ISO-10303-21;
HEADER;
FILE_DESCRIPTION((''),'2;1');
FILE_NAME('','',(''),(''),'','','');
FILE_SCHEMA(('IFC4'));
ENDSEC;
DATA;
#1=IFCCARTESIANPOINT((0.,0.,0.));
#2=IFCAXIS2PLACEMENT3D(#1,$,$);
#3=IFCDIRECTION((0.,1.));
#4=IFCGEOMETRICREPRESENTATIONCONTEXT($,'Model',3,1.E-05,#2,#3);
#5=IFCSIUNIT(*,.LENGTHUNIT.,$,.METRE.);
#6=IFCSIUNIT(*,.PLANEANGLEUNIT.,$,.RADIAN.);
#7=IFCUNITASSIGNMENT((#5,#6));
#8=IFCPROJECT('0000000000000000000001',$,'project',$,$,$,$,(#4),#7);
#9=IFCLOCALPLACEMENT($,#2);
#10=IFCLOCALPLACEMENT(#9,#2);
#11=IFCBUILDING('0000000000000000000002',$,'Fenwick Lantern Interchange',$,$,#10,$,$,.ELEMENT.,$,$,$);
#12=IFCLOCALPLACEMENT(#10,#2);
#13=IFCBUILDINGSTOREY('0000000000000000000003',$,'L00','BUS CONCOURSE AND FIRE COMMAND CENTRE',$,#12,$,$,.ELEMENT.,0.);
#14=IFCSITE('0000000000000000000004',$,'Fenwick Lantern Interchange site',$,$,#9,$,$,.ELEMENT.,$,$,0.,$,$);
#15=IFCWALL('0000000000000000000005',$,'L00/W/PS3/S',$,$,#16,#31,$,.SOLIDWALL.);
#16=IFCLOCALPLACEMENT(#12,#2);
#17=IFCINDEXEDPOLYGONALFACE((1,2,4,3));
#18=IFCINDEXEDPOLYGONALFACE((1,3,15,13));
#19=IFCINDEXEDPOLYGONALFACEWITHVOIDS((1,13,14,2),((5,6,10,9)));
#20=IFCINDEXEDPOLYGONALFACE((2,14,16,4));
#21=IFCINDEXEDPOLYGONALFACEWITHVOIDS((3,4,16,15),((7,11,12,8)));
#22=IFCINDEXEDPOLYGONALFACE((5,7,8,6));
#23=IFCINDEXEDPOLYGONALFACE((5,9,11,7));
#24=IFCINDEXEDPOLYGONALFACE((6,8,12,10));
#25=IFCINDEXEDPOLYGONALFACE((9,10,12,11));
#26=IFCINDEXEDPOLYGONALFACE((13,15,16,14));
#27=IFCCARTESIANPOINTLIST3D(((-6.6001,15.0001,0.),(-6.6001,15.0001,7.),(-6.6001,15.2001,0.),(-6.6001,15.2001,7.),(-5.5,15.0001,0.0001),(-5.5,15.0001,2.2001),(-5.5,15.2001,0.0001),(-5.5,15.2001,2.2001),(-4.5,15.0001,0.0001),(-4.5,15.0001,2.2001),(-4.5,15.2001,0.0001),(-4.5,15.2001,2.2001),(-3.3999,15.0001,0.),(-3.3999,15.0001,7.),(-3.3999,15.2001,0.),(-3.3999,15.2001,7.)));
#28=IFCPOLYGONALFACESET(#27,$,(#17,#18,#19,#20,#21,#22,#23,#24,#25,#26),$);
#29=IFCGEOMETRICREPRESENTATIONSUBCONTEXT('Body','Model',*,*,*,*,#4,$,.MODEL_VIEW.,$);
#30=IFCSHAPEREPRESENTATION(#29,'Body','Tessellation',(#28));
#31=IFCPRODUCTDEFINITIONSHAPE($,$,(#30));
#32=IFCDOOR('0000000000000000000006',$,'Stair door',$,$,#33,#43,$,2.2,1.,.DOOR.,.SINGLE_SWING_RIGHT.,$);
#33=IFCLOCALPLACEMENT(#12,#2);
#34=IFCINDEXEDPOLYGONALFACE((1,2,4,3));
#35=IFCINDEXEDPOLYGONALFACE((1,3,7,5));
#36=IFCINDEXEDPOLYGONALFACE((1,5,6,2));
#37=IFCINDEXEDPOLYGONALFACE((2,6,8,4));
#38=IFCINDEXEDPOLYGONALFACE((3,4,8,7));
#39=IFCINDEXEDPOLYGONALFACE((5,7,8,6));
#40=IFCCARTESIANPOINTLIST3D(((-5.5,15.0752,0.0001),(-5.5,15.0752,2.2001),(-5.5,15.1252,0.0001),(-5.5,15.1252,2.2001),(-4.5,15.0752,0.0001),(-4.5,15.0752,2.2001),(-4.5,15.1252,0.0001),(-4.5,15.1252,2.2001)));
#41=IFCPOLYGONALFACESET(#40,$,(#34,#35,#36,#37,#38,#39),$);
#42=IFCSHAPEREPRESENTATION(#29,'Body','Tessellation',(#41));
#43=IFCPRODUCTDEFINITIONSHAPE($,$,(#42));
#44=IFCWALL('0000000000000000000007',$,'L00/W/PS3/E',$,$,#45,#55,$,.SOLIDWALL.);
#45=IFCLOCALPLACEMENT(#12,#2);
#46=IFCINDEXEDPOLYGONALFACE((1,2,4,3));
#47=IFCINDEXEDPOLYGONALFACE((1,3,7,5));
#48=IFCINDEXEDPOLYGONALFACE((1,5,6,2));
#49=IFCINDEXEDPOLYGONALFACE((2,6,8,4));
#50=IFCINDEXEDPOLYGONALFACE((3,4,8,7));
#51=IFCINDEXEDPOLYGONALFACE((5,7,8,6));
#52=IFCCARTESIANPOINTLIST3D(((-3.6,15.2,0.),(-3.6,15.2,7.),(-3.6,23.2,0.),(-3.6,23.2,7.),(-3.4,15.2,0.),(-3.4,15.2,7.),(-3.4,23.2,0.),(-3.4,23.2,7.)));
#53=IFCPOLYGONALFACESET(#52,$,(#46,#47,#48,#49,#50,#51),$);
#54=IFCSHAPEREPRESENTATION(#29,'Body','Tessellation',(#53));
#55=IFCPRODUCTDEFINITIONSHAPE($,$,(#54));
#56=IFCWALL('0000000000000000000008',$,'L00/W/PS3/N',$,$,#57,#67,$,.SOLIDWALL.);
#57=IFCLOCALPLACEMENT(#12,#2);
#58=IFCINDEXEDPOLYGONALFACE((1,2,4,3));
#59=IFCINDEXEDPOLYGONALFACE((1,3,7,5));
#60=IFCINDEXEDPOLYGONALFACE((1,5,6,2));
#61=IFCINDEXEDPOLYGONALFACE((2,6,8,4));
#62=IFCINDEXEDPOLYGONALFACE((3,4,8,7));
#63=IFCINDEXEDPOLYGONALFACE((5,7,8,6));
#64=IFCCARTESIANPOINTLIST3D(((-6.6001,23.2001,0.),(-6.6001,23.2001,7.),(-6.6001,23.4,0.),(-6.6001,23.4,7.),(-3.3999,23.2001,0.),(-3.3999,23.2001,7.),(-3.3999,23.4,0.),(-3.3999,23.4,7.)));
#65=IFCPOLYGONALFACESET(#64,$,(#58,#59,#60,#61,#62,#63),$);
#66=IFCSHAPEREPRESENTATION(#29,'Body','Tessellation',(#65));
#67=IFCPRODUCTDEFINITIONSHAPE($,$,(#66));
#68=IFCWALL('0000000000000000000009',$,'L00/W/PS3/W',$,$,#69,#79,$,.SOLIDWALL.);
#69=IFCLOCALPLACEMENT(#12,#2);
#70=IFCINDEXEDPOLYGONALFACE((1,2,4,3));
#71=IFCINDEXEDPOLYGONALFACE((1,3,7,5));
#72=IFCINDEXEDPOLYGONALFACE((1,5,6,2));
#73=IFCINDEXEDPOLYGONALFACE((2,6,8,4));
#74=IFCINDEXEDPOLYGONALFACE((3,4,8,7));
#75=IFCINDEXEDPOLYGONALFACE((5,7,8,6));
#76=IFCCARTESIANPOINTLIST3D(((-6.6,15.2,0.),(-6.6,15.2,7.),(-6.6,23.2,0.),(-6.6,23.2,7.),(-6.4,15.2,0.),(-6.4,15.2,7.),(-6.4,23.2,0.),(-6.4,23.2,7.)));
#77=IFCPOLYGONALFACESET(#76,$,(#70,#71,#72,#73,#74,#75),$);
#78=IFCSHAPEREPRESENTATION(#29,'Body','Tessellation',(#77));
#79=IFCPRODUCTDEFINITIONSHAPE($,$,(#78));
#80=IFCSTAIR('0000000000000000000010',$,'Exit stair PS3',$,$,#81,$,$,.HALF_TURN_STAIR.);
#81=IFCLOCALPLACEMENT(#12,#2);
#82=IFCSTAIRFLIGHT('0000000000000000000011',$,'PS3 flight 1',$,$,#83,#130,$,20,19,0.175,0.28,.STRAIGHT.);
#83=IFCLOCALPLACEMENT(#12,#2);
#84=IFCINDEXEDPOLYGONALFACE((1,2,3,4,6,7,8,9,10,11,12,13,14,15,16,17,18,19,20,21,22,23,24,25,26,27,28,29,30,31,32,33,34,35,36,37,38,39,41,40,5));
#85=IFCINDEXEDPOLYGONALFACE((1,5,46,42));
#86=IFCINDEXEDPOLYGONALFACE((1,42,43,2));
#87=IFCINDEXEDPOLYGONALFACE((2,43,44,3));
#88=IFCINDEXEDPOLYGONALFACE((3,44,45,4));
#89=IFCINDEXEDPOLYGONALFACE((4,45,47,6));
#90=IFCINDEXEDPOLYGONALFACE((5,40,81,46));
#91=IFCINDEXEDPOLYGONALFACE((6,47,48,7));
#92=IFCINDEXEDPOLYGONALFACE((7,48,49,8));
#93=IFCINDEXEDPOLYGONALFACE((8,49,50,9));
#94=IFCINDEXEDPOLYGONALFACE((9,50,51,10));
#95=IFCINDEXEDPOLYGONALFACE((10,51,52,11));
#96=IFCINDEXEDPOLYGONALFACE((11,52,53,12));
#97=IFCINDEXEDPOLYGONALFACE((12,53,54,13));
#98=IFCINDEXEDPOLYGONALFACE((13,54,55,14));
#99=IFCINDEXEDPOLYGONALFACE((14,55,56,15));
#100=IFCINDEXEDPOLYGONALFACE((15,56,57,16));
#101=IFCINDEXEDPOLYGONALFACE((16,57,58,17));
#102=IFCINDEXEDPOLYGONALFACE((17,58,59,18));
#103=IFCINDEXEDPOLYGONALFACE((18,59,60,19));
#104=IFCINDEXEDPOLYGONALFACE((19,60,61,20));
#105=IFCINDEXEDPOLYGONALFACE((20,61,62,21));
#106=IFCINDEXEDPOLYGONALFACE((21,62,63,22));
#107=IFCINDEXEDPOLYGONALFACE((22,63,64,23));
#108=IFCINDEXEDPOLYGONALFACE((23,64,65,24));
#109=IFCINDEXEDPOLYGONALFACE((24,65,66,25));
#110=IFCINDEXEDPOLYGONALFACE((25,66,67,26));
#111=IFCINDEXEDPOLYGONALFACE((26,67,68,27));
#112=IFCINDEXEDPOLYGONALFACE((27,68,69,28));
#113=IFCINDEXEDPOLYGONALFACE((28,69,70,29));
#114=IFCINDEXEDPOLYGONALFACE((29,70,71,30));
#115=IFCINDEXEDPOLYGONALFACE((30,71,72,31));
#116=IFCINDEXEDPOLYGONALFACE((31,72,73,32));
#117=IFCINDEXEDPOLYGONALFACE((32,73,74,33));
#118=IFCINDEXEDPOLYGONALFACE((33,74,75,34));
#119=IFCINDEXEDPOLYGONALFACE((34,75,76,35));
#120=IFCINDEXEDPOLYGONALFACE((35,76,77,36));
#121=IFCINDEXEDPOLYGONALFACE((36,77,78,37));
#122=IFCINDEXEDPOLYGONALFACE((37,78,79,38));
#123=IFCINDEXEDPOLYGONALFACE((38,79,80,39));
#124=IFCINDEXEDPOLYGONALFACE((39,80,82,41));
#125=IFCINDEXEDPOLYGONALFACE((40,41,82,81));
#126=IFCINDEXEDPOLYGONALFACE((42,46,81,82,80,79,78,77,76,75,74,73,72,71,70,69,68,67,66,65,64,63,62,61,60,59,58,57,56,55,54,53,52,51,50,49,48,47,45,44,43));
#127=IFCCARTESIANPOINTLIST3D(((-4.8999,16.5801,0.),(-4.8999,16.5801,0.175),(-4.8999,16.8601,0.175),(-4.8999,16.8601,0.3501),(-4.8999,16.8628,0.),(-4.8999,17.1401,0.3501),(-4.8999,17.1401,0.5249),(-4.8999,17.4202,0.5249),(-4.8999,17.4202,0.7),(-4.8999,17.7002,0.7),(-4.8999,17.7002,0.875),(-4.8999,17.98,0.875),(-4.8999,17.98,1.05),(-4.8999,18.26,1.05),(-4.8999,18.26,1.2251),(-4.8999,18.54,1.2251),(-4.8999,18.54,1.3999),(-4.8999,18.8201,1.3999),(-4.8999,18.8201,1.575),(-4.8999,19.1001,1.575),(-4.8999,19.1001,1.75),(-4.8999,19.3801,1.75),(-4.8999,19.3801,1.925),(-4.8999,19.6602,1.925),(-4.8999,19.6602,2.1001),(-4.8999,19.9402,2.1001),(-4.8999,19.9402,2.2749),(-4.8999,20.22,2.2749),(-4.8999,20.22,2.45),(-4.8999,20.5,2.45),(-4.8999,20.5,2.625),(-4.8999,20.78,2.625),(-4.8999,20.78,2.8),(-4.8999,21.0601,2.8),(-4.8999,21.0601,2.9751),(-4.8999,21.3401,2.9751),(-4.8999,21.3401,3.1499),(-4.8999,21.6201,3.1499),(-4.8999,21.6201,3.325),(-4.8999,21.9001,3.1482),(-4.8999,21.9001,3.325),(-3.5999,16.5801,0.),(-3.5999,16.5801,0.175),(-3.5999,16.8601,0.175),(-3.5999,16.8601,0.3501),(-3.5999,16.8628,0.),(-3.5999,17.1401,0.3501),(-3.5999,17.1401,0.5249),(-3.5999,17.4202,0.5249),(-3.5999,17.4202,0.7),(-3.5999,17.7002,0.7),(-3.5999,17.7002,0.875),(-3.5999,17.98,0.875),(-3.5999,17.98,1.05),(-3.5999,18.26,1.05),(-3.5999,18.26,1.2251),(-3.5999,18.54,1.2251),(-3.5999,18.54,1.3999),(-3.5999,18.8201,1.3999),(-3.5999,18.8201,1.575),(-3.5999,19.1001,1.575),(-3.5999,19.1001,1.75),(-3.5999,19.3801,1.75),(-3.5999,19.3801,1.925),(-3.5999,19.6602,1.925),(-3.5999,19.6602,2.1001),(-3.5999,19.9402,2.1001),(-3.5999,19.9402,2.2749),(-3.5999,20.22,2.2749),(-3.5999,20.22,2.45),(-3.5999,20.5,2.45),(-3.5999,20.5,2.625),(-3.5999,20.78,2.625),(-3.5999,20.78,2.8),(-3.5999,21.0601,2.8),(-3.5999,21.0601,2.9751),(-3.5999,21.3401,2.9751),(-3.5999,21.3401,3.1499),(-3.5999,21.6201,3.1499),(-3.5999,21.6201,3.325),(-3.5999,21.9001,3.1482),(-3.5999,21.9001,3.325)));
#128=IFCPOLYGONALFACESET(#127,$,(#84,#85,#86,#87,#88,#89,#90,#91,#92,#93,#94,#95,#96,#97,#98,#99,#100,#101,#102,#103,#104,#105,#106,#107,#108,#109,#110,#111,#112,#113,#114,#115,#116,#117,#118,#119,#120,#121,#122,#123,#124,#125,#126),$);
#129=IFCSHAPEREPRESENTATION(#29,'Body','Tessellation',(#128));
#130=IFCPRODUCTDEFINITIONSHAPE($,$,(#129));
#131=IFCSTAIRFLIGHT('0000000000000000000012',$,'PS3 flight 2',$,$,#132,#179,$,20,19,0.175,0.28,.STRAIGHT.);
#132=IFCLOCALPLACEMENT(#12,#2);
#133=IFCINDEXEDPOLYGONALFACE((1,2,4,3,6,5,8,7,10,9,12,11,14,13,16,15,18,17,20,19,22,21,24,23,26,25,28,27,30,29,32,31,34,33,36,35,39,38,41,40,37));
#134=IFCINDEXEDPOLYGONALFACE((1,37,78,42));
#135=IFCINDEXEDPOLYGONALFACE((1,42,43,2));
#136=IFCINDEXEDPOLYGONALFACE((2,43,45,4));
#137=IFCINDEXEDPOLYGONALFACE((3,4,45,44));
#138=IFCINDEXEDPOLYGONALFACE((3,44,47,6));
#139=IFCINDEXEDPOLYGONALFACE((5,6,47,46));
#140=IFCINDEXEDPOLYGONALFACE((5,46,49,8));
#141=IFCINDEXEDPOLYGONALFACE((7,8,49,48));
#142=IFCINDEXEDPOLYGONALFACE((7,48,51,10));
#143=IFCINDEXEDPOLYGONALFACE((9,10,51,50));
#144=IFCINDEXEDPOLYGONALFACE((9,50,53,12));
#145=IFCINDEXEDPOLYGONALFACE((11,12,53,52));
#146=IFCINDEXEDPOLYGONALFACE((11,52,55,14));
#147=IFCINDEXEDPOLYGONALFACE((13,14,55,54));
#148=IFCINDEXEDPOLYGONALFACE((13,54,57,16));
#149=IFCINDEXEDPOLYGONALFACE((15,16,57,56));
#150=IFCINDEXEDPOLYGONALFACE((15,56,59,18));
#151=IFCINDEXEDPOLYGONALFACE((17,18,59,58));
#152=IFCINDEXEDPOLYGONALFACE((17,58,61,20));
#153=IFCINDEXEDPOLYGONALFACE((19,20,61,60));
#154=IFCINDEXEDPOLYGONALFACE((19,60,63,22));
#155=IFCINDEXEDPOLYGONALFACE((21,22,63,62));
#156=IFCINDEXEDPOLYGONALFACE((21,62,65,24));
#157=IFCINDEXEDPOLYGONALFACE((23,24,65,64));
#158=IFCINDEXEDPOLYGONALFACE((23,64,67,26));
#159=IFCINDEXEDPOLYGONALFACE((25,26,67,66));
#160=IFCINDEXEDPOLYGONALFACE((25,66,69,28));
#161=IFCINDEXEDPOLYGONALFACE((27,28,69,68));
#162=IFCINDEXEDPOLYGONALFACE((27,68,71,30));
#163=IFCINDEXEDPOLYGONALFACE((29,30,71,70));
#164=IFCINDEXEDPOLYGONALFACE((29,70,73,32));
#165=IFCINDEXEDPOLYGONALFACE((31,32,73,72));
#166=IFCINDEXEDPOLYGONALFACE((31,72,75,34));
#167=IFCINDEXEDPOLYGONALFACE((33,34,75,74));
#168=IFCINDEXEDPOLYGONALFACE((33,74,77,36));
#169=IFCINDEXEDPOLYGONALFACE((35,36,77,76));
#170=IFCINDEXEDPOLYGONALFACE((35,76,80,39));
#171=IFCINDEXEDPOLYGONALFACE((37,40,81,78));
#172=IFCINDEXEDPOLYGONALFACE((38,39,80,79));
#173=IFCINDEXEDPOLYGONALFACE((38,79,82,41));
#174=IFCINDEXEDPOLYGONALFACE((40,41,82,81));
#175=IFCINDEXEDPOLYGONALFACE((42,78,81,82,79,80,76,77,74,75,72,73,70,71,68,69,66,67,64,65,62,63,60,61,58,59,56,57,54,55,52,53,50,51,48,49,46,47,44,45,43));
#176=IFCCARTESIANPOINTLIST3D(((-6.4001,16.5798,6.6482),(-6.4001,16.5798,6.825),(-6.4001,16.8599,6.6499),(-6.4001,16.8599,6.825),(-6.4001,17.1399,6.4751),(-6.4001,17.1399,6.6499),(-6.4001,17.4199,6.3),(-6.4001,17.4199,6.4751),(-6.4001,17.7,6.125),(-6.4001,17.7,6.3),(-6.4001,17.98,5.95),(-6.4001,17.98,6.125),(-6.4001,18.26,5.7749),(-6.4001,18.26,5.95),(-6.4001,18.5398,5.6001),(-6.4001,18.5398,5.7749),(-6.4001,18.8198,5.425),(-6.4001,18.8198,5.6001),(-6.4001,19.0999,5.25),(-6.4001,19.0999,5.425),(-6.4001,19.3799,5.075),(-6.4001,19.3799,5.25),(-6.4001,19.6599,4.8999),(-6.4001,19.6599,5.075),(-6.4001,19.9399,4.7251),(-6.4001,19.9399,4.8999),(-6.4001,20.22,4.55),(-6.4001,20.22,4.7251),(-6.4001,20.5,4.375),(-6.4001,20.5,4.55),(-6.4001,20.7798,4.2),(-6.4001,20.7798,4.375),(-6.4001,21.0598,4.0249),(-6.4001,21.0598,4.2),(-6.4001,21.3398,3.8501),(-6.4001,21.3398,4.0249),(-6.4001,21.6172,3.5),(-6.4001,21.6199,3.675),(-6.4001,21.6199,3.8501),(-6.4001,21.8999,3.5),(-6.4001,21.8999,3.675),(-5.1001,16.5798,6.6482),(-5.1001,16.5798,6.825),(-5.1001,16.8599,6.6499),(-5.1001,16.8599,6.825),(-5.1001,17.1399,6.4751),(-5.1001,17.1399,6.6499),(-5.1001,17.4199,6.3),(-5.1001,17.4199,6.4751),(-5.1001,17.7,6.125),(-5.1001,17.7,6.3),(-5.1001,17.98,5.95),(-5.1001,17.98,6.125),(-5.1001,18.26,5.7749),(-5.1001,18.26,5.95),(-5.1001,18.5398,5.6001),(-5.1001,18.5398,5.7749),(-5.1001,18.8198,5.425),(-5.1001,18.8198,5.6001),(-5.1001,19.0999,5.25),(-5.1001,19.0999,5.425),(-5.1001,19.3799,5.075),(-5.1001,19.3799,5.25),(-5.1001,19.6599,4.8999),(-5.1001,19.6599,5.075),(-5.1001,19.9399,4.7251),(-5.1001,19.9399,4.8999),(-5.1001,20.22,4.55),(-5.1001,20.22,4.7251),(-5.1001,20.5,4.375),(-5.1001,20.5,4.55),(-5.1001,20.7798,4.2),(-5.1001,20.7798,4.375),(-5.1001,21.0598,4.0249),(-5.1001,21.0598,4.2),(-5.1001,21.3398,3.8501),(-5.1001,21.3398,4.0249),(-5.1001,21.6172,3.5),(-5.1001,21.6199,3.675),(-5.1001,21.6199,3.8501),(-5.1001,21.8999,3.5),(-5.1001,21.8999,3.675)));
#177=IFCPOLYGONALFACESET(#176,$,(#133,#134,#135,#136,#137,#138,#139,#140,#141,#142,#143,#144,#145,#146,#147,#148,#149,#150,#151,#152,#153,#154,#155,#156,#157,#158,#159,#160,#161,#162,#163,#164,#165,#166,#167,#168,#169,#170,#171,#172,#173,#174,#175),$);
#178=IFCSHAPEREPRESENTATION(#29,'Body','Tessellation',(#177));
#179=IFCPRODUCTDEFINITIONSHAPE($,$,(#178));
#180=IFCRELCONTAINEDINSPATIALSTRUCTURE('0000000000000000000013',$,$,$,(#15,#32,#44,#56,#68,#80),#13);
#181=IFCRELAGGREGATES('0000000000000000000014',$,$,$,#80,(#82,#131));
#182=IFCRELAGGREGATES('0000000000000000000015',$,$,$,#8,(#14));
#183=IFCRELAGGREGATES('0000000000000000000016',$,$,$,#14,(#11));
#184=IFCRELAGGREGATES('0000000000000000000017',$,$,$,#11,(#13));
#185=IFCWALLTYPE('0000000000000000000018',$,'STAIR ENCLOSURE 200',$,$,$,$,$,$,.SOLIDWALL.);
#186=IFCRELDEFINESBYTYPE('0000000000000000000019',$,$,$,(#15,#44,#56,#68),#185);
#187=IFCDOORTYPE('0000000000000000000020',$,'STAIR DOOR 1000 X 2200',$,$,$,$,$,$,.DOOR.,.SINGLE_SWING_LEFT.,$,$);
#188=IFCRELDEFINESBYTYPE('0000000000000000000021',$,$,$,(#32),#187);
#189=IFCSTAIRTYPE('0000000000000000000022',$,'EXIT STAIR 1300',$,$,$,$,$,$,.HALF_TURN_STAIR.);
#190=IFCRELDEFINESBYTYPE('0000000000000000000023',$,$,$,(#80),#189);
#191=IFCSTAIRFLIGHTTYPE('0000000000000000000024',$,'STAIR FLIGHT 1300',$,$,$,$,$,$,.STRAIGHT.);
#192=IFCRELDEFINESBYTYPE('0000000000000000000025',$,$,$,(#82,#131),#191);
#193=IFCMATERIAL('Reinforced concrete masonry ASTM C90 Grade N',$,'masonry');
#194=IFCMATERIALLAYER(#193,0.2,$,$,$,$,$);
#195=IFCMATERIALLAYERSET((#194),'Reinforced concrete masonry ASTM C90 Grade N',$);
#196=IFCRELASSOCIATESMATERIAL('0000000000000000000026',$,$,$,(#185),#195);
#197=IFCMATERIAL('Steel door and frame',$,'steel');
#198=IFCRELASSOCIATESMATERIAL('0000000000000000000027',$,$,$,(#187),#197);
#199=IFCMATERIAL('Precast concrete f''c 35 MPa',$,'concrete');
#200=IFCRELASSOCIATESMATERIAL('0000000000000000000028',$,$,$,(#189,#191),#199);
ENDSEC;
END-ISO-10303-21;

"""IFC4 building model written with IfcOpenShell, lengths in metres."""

from ifc_helpers import new_model, si_unit, direction, frame, frame_2d, origin, place, context, subcontext, project, spatial, polyline, rectangle, outline, extrude, material, layer, layer_set, type_object, element, fill, aggregate, save


model = new_model("IFC4")

# Units and contexts
model_context = context("Model", 3, precision=1e-05, world=origin(), true_north=direction((0.0, 1.0)))
body_context = subcontext(model_context, "Body", "Model", "MODEL_VIEW")
ifc_project = project(units=[si_unit("LENGTHUNIT", "METRE"), si_unit("PLANEANGLEUNIT", "RADIAN")], contexts=[model_context])

# Site, building, storey
site_placement = place(None, origin())
site = spatial("IfcSite", under=ifc_project, at=site_placement, Name="Fenwick Lantern Interchange site", CompositionType="ELEMENT", RefElevation=0.0)
building_placement = place(site_placement, origin())
building = spatial("IfcBuilding", under=site, at=building_placement, Name="Fenwick Lantern Interchange", CompositionType="ELEMENT")
storey_placement = place(building_placement, origin())
storey = spatial("IfcBuildingStorey", under=building, at=storey_placement, Name="L00", Description="BUS CONCOURSE AND FIRE COMMAND CENTRE", CompositionType="ELEMENT", Elevation=0.0)

# Shared definitions
ifc_material_1 = material(Name="Steel door and frame", Category="steel")

# Wall, opening, door
ifc_material_2 = material(Name="Reinforced concrete masonry ASTM C90 Grade N", Category="masonry")
ifc_layer_1 = layer(ifc_material_2, 0.2)
ifc_layer_set_1 = layer_set([ifc_layer_1], Name="Reinforced concrete masonry ASTM C90 Grade N")
wall_type_1 = type_object("IfcWallType", Name="STAIR ENCLOSURE 200", PredefinedType="SOLIDWALL", material=ifc_layer_set_1)
wall_1_placement = place(storey_placement, frame((-6.6001, 15.1001, 0.0), z_axis=(0.0, 0.0, 1.0), x_axis=(1.0, 0.0, 0.0)))
wall_1 = element("IfcWall", 1, at=wall_1_placement, inside=storey, type_object=wall_type_1, Name="L00/W/PS3/S", PredefinedType="SOLIDWALL", context=body_context, shape_type="SweptSolid", body=[
    extrude(rectangle(XDim=3.2002, YDim=0.2, at=frame_2d((1.6001, 0.0))), origin(), (0.0, 0.0, 1.0), 7.0),
])
opening_1_placement = place(wall_1_placement, frame((1.1001, 0.0, 0.0)))
opening_1 = element("IfcOpeningElement", 2, at=opening_1_placement, cuts=wall_1, PredefinedType="OPENING", context=body_context, shape_type="SweptSolid", body=[
    extrude(rectangle(XDim=1.0, YDim=2.2, at=frame_2d((0.5, 1.1001))), frame((0.0, 0.1099, 0.0), z_axis=(0.0, -1.0, 0.0), x_axis=(1.0, 0.0, 0.0)), (0.0, 0.0, 1.0), 0.22),
])
door_type_1 = type_object("IfcDoorType", Name="STAIR DOOR 1000 X 2200", OperationType="SINGLE_SWING_LEFT", PredefinedType="DOOR", material=ifc_material_1)
door_1_placement = place(opening_1_placement, frame((1.0, 0.0, 0.0), z_axis=(0.0, 0.0, 1.0), x_axis=(-1.0, 0.0, 0.0)))
door_1 = element("IfcDoor", 3, at=door_1_placement, inside=storey, type_object=door_type_1, Name="Stair door", OperationType="SINGLE_SWING_RIGHT", OverallHeight=2.2, OverallWidth=1.0, PredefinedType="DOOR", context=body_context, shape_type="SweptSolid", body=[
    extrude(rectangle(XDim=1.0, YDim=2.2, at=frame_2d((0.5, 1.1001))), frame((0.0, 0.0249, 0.0), z_axis=(0.0, -1.0, 0.0), x_axis=(1.0, 0.0, 0.0)), (0.0, 0.0, 1.0), 0.05),
])
fill(opening_1, door_1)

# Walls
wall_2_placement = place(storey_placement, frame((-3.5, 15.2, 0.0), z_axis=(0.0, 0.0, 1.0), x_axis=(0.0, 1.0, 0.0)))
element("IfcWall", 4, at=wall_2_placement, inside=storey, type_object=wall_type_1, Name="L00/W/PS3/E", PredefinedType="SOLIDWALL", context=body_context, shape_type="SweptSolid", body=[
    extrude(rectangle(XDim=8.0, YDim=0.2, at=frame_2d((4.0, 0.0))), origin(), (0.0, 0.0, 1.0), 7.0),
])
wall_3_placement = place(storey_placement, frame((-3.3999, 23.3, 0.0), z_axis=(0.0, 0.0, 1.0), x_axis=(-1.0, 0.0, 0.0)))
element("IfcWall", 5, at=wall_3_placement, inside=storey, type_object=wall_type_1, Name="L00/W/PS3/N", PredefinedType="SOLIDWALL", context=body_context, shape_type="SweptSolid", body=[
    extrude(rectangle(XDim=3.2002, YDim=0.2, at=frame_2d((1.6001, 0.0))), origin(), (0.0, 0.0, 1.0), 7.0),
])
wall_4_placement = place(storey_placement, frame((-6.5, 23.2, 0.0), z_axis=(0.0, 0.0, 1.0), x_axis=(0.0, -1.0, 0.0)))
element("IfcWall", 6, at=wall_4_placement, inside=storey, type_object=wall_type_1, Name="L00/W/PS3/W", PredefinedType="SOLIDWALL", context=body_context, shape_type="SweptSolid", body=[
    extrude(rectangle(XDim=8.0, YDim=0.2, at=frame_2d((4.0, 0.0))), origin(), (0.0, 0.0, 1.0), 7.0),
])

# Stair, stair flights
ifc_material_3 = material(Name="Precast concrete f'c 35 MPa", Category="concrete")
stair_type = type_object("IfcStairType", Name="EXIT STAIR 1300", PredefinedType="HALF_TURN_STAIR", material=ifc_material_3)
stair_placement = place(storey_placement, origin())
stair = element("IfcStair", 7, at=stair_placement, inside=storey, type_object=stair_type, Name="Exit stair PS3", PredefinedType="HALF_TURN_STAIR")
stair_flight_type = type_object("IfcStairFlightType", Name="STAIR FLIGHT 1300", PredefinedType="STRAIGHT", material=ifc_material_3)
stair_flight_1_placement = place(storey_placement, frame((-4.25, 16.5801, 0.0), z_axis=(0.0, 0.0, 1.0), x_axis=(0.0, 1.0, 0.0)))
stair_flight_1 = element("IfcStairFlight", 8, at=stair_flight_1_placement, type_object=stair_flight_type, Name="PS3 flight 1", NumberOfRisers=20, NumberOfTreads=19, PredefinedType="STRAIGHT", RiserHeight=0.175, TreadLength=0.28, context=body_context, shape_type="SweptSolid", body=[
    extrude(outline(polyline([(0.0, 0.0), (0.0, 0.175), (0.28, 0.175), (0.28, 0.3501), (0.5601, 0.3501), (0.5601, 0.5249), (0.8401, 0.5249), (0.8401, 0.7), (1.1201, 0.7), (1.1201, 0.875), (1.3999, 0.875), (1.3999, 1.05), (1.6799, 1.05), (1.6799, 1.2251), (1.96, 1.2251), (1.96, 1.3999), (2.24, 1.3999), (2.24, 1.575), (2.52, 1.575), (2.52, 1.75), (2.8, 1.75), (2.8, 1.925), (3.0801, 1.925), (3.0801, 2.1001), (3.3601, 2.1001), (3.3601, 2.2749), (3.6399, 2.2749), (3.6399, 2.45), (3.9199, 2.45), (3.9199, 2.625), (4.2, 2.625), (4.2, 2.8), (4.48, 2.8), (4.48, 2.9751), (4.76, 2.9751), (4.76, 3.1499), (5.04, 3.1499), (5.04, 3.325), (5.3201, 3.325), (5.3201, 3.5), (5.3201, 3.1482), (0.2827, 0.0), (0.0, 0.0)])), frame((0.0, 0.6499, 0.0), z_axis=(0.0, -1.0, 0.0), x_axis=(1.0, 0.0, 0.0)), (0.0, 0.0, 1.0), 1.3),
])
stair_flight_2_placement = place(storey_placement, frame((-5.75, 21.8999, 3.5), z_axis=(0.0, 0.0, 1.0), x_axis=(0.0, -1.0, 0.0)))
stair_flight_2 = element("IfcStairFlight", 9, at=stair_flight_2_placement, type_object=stair_flight_type, Name="PS3 flight 2", NumberOfRisers=20, NumberOfTreads=19, PredefinedType="STRAIGHT", RiserHeight=0.175, TreadLength=0.28, context=body_context, shape_type="SweptSolid", body=[
    extrude(outline(polyline([(0.0, 0.0), (0.0, 0.175), (0.28, 0.175), (0.28, 0.3501), (0.5601, 0.3501), (0.5601, 0.5249), (0.8401, 0.5249), (0.8401, 0.7), (1.1201, 0.7), (1.1201, 0.875), (1.3999, 0.875), (1.3999, 1.05), (1.6799, 1.05), (1.6799, 1.2251), (1.96, 1.2251), (1.96, 1.3999), (2.24, 1.3999), (2.24, 1.575), (2.52, 1.575), (2.52, 1.75), (2.8, 1.75), (2.8, 1.925), (3.0801, 1.925), (3.0801, 2.1001), (3.3601, 2.1001), (3.3601, 2.2749), (3.6399, 2.2749), (3.6399, 2.45), (3.9199, 2.45), (3.9199, 2.625), (4.2, 2.625), (4.2, 2.8), (4.48, 2.8), (4.48, 2.9751), (4.76, 2.9751), (4.76, 3.1499), (5.04, 3.1499), (5.04, 3.325), (5.3201, 3.325), (5.3201, 3.5), (5.3201, 3.1482), (0.2827, 0.0), (0.0, 0.0)])), frame((0.0, 0.6499, 0.0), z_axis=(0.0, -1.0, 0.0), x_axis=(1.0, 0.0, 0.0)), (0.0, 0.0, 1.0), 1.3),
])
aggregate(stair, [stair_flight_1, stair_flight_2])

save(model, "model.ifc")
